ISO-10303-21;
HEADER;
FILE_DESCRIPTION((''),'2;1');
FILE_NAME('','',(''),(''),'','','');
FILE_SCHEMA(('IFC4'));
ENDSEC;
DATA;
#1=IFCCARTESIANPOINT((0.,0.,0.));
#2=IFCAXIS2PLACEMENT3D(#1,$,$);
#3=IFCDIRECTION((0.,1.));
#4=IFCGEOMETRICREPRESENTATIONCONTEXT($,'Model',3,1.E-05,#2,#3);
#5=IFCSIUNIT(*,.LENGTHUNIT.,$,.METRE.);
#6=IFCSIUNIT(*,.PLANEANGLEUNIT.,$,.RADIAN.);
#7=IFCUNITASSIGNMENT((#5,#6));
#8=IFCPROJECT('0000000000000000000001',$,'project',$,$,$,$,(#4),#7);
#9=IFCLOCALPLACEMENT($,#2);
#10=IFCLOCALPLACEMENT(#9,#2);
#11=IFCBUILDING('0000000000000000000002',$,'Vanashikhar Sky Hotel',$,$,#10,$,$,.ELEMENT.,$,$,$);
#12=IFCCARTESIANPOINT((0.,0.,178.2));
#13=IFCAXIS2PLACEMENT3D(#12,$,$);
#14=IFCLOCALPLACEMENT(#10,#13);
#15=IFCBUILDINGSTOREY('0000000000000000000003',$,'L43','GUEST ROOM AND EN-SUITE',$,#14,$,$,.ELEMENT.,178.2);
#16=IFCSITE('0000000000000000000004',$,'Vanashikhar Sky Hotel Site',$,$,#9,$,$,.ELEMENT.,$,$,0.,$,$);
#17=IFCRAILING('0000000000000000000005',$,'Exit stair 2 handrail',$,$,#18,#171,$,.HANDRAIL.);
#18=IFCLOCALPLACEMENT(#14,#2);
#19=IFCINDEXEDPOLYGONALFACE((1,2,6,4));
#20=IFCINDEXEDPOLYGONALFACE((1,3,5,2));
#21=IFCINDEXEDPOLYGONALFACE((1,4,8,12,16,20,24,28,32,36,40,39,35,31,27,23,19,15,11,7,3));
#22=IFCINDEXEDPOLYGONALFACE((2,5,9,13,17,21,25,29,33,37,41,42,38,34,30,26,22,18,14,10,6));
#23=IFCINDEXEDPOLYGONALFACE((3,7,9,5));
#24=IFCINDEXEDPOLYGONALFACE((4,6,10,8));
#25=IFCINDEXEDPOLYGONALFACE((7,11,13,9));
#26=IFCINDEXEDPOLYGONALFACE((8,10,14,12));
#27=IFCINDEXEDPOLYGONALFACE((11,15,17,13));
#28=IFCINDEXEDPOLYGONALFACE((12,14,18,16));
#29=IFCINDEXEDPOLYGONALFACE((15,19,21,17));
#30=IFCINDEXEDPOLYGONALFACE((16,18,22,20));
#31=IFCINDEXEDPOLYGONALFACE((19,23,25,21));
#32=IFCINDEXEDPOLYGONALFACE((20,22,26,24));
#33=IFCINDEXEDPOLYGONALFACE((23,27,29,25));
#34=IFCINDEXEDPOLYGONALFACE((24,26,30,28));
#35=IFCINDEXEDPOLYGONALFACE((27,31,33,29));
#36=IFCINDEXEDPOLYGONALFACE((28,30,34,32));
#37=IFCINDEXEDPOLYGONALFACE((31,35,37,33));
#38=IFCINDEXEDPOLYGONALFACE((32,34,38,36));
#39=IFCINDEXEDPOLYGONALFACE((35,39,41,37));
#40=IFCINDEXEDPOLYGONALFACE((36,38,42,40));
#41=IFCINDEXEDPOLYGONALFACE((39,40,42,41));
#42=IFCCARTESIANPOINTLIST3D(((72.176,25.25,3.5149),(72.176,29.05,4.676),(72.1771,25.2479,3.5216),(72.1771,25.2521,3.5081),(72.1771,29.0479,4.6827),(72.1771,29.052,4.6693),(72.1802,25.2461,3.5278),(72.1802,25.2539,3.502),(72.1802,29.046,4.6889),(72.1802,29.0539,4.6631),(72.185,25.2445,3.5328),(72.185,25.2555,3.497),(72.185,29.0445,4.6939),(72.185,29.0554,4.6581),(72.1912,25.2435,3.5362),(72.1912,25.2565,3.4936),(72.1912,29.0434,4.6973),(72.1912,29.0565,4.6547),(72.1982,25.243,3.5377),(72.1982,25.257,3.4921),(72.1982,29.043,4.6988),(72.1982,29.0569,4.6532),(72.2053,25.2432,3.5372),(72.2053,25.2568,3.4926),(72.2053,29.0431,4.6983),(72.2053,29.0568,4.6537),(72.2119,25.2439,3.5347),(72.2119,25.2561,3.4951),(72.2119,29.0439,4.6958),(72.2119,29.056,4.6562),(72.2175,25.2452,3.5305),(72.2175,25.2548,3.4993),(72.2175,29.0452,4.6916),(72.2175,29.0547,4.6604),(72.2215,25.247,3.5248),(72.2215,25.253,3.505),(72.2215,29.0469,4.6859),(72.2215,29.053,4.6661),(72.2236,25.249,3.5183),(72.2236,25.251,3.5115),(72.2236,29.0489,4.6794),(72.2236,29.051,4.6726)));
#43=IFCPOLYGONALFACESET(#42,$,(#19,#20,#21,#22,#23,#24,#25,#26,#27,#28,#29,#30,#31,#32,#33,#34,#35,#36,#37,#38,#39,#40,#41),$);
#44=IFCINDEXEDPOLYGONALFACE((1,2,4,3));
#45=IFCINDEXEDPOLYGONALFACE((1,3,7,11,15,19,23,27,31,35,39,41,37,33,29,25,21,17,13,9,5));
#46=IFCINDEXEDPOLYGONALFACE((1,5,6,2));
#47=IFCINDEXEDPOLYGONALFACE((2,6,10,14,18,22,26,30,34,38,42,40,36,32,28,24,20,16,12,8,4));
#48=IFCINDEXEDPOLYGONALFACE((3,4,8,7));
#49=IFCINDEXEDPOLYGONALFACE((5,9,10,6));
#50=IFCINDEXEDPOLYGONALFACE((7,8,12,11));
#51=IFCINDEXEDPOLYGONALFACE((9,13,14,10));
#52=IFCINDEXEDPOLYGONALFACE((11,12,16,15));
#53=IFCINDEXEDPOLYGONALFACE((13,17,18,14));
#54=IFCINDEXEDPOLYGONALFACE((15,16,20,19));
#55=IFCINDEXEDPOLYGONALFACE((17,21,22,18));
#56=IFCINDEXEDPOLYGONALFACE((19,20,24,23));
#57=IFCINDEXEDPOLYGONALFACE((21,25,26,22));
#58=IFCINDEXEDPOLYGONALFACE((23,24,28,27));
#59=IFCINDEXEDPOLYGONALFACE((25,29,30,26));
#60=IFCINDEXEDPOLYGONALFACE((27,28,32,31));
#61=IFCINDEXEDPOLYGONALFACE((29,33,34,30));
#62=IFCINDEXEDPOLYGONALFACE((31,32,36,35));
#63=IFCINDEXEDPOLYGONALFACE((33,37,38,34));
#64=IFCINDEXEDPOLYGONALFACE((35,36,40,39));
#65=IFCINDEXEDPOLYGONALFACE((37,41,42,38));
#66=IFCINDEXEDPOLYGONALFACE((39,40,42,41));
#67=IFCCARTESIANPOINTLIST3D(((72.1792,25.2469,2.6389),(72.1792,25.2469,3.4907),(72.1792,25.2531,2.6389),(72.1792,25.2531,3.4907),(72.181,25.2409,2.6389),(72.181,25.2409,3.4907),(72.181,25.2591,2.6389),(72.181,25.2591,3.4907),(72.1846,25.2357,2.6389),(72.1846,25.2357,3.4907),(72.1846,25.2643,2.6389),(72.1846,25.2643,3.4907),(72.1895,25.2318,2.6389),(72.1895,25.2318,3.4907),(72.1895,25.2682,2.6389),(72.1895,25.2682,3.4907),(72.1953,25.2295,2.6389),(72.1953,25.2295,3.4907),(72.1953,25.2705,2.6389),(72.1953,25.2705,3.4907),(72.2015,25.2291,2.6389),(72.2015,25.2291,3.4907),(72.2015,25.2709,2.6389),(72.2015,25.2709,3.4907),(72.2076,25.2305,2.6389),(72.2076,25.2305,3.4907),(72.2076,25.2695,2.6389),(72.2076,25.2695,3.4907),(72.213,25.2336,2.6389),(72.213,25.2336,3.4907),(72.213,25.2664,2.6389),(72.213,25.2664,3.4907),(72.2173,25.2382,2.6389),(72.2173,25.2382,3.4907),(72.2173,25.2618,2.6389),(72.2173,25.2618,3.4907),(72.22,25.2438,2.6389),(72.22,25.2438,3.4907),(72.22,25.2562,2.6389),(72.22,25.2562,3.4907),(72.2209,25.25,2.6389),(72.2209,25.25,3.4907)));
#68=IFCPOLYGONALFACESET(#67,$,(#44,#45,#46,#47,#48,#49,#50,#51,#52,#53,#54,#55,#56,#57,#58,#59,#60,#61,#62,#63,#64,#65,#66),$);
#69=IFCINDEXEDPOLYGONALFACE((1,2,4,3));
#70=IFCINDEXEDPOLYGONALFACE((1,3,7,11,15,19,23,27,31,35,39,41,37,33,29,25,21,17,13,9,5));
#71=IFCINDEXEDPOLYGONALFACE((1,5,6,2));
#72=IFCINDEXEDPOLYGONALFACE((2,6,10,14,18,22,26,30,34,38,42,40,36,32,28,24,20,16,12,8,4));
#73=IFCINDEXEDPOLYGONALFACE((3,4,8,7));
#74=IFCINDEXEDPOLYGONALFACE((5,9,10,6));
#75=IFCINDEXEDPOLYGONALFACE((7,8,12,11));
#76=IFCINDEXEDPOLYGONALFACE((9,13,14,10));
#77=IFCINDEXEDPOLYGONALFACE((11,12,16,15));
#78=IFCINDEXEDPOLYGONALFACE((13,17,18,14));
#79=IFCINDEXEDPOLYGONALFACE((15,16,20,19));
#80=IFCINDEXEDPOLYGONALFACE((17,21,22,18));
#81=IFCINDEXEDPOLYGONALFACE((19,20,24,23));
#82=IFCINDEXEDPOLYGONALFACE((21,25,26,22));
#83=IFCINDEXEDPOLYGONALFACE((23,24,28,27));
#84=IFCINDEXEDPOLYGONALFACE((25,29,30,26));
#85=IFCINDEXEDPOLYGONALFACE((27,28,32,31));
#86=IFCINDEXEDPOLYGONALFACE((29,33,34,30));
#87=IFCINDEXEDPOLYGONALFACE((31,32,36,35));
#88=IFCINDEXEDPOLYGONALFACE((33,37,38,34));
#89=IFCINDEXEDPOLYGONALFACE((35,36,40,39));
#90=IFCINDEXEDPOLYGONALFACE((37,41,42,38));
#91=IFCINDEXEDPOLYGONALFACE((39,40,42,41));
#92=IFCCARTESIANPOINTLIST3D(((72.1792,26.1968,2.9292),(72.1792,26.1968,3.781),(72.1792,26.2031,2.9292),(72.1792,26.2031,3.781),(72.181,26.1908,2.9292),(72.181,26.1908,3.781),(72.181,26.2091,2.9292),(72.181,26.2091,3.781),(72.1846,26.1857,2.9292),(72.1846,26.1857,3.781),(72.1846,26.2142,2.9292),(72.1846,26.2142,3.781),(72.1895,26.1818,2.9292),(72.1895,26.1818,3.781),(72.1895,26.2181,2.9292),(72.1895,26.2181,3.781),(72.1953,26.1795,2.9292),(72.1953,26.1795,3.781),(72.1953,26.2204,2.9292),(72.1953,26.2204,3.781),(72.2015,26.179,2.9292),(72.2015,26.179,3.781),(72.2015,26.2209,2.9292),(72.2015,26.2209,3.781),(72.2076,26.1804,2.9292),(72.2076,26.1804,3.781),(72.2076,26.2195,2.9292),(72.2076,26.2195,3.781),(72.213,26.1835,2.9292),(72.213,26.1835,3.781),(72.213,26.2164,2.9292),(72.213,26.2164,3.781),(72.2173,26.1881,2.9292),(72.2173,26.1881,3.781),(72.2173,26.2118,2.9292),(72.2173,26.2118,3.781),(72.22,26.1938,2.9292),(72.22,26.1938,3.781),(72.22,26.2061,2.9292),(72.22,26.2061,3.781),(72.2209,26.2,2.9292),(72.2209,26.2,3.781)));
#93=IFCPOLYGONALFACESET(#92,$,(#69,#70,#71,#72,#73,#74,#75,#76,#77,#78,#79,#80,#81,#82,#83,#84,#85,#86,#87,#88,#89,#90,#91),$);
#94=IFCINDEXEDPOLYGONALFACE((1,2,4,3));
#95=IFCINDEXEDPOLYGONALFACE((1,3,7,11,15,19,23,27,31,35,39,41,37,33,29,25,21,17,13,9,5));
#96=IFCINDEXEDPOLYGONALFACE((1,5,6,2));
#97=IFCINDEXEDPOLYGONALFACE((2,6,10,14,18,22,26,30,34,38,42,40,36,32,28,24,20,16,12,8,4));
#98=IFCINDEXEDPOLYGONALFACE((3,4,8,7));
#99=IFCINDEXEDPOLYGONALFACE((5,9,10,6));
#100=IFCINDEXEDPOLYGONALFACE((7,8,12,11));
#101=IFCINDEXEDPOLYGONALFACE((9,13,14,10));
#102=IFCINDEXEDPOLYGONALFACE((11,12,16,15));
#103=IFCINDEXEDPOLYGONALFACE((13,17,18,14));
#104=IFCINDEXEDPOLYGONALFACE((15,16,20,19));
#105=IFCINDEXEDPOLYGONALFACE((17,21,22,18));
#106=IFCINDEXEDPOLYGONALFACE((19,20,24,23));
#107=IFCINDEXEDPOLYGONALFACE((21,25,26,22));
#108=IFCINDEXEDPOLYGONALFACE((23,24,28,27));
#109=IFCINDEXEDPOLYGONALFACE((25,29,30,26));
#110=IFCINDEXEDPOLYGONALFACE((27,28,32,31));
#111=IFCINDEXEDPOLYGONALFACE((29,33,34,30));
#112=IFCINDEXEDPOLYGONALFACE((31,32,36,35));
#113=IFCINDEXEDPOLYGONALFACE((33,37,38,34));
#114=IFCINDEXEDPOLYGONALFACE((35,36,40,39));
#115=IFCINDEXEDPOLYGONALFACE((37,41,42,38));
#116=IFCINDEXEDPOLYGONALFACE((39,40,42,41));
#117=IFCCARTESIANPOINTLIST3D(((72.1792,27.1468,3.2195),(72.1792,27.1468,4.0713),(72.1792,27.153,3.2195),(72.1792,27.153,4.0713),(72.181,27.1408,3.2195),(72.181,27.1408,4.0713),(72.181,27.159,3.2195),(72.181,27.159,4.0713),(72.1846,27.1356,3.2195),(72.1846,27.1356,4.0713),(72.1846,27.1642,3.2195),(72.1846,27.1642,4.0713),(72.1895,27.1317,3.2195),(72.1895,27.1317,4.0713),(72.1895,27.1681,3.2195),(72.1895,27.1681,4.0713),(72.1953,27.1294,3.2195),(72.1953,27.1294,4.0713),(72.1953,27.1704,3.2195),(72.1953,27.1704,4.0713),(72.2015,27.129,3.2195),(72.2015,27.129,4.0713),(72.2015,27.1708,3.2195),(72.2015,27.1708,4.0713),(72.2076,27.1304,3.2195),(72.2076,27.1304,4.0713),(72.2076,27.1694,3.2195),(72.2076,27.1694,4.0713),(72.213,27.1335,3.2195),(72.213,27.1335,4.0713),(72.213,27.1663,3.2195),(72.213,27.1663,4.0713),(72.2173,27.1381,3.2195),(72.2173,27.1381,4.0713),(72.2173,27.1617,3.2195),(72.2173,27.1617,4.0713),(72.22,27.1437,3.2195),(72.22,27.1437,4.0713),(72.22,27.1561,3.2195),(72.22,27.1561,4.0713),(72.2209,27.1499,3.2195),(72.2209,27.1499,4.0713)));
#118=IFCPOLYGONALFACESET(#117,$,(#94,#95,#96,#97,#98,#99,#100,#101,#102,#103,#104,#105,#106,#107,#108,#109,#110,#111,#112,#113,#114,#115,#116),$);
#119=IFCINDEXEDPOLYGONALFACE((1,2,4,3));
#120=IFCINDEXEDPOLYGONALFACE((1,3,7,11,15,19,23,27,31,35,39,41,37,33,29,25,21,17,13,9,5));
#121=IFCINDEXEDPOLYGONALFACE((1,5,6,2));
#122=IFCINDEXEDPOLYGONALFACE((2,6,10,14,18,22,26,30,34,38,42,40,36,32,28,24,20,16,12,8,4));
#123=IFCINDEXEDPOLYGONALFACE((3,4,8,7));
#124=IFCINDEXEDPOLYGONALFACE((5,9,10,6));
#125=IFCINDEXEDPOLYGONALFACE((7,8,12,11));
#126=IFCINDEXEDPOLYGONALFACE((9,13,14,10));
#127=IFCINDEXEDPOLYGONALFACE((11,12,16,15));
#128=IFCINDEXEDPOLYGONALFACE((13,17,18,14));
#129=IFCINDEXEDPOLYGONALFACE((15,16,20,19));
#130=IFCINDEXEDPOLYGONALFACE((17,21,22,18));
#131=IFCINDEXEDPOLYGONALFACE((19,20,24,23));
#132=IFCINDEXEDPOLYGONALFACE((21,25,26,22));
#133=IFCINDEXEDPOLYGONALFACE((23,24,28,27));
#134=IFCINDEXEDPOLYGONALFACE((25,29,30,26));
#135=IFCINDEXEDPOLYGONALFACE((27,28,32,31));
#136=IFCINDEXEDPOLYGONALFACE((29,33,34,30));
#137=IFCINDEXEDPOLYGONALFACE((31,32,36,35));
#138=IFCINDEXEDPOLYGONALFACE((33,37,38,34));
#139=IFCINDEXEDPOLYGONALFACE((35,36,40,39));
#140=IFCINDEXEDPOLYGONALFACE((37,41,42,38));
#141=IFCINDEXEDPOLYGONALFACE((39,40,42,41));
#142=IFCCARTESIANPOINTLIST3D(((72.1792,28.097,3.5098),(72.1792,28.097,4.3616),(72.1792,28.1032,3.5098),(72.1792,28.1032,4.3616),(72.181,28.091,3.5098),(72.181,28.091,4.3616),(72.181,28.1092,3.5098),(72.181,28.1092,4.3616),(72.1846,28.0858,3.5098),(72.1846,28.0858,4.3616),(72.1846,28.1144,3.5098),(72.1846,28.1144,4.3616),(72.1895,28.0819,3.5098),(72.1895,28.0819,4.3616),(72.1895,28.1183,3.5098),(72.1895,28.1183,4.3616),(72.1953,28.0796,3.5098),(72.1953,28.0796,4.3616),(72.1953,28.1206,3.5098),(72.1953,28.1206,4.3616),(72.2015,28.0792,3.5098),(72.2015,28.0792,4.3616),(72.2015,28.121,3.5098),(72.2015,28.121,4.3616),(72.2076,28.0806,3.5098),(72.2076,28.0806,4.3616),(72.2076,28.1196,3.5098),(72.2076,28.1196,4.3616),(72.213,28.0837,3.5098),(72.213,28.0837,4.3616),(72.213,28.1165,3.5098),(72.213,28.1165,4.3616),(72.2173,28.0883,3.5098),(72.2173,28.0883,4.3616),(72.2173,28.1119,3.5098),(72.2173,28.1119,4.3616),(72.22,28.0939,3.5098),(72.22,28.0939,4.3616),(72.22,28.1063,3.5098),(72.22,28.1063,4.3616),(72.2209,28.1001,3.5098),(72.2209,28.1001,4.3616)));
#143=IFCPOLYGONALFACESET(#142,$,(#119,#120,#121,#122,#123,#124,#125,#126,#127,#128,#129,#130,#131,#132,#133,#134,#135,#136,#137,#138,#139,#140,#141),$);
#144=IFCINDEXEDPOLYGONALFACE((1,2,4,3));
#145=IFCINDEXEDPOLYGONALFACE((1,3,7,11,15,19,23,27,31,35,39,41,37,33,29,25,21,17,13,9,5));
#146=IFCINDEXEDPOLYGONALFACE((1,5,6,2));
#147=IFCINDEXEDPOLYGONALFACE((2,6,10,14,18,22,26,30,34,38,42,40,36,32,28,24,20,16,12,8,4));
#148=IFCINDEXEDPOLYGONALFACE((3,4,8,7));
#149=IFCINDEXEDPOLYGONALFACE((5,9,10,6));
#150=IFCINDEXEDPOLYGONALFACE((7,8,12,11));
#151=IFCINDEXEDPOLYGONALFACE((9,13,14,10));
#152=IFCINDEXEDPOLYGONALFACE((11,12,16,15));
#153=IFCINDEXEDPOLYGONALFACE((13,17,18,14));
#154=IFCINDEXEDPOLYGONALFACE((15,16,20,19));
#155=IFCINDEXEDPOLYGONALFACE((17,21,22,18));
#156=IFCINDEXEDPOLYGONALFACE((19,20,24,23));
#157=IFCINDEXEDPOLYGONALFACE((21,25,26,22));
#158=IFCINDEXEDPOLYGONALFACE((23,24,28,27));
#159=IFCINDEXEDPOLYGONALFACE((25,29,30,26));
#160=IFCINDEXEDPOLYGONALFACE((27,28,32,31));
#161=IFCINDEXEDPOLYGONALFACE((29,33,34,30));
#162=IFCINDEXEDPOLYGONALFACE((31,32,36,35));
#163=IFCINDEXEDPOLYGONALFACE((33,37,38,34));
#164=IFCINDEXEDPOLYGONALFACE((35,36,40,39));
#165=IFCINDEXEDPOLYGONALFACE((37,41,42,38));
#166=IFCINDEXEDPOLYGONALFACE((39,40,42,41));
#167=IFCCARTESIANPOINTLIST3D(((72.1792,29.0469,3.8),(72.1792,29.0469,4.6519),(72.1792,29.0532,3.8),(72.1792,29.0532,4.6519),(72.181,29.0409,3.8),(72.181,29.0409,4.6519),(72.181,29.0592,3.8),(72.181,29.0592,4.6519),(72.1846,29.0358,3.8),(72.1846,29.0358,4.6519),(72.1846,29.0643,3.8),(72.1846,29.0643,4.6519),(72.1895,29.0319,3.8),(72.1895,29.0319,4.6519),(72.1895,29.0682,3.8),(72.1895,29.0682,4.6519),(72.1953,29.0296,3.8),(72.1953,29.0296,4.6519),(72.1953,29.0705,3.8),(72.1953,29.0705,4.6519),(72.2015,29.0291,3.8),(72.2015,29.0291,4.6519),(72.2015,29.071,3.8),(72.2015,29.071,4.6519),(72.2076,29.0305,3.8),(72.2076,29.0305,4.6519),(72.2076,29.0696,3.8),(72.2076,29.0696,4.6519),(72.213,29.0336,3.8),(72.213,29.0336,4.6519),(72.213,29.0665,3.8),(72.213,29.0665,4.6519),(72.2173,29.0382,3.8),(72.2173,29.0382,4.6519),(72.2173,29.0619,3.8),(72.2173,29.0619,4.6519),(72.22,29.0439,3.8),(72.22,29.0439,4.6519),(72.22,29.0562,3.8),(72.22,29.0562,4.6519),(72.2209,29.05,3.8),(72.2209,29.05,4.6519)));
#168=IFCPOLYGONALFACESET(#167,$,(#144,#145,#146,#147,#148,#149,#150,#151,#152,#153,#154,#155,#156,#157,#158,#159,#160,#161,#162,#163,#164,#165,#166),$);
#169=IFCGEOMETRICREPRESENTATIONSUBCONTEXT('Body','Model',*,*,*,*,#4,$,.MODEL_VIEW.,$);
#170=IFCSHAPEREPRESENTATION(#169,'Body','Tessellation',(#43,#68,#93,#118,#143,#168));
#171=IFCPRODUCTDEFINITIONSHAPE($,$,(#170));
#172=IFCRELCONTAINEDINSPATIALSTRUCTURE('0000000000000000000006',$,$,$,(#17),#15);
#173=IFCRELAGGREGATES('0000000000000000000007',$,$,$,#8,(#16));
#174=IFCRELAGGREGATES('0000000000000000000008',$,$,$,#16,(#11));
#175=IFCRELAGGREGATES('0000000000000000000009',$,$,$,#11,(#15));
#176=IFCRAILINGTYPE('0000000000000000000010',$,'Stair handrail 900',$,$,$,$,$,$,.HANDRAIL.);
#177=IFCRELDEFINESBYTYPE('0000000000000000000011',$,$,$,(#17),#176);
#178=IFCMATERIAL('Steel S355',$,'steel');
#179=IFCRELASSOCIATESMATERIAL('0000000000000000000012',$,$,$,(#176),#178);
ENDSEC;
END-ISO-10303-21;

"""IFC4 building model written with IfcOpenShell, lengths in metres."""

from ifc_helpers import new_model, si_unit, direction, frame, origin, origin_2d, place, context, subcontext, project, spatial, circle, extrude, source, transform, mapped, material, type_object, element, save


model = new_model("IFC4")

# Units and contexts
model_context = context("Model", 3, precision=1e-05, world=origin(), true_north=direction((0.0, 1.0)))
body_context = subcontext(model_context, "Body", "Model", "MODEL_VIEW")
ifc_project = project(units=[si_unit("LENGTHUNIT", "METRE"), si_unit("PLANEANGLEUNIT", "RADIAN")], contexts=[model_context])

# Site, building, storey
site_placement = place(None, origin())
site = spatial("IfcSite", under=ifc_project, at=site_placement, Name="Vanashikhar Sky Hotel Site", CompositionType="ELEMENT", RefElevation=0.0)
building_placement = place(site_placement, origin())
building = spatial("IfcBuilding", under=site, at=building_placement, Name="Vanashikhar Sky Hotel", CompositionType="ELEMENT")
storey_placement = place(building_placement, frame((0.0, 0.0, 178.2)))
storey = spatial("IfcBuildingStorey", under=building, at=storey_placement, Name="L43", Description="GUEST ROOM AND EN-SUITE", CompositionType="ELEMENT", Elevation=178.2)

# Railing
ifc_material_1 = material(Name="Steel S355", Category="steel")
railing_type_1 = type_object("IfcRailingType", Name="Stair handrail 900", PredefinedType="HANDRAIL", material=ifc_material_1)
shared_shape_1 = source(origin(), body_context, "Body", "SweptSolid", [
    extrude(circle(Radius=0.0239, at=origin_2d()), frame((0.0, 0.0, 0.876), z_axis=(0.0, 0.956351, 0.29222), x_axis=(-1.0, 0.0, 0.0)), (0.0, 0.0, 1.0), 3.9734),
    extrude(circle(Radius=0.021, at=origin_2d()), origin(), (0.0, 0.0, 1.0), 0.8518),
    extrude(circle(Radius=0.021, at=origin_2d()), frame((0.0, 0.95, 0.2903)), (0.0, 0.0, 1.0), 0.8518),
    extrude(circle(Radius=0.021, at=origin_2d()), frame((0.0, 1.8999, 0.5806)), (0.0, 0.0, 1.0), 0.8518),
    extrude(circle(Radius=0.021, at=origin_2d()), frame((0.0, 2.8501, 0.8708)), (0.0, 0.0, 1.0), 0.8518),
    extrude(circle(Radius=0.021, at=origin_2d()), frame((0.0, 3.8, 1.1611)), (0.0, 0.0, 1.0), 0.8518),
])
railing_1_placement = place(storey_placement, frame((72.2, 25.25, 2.6389)))
element("IfcRailing", 1, at=railing_1_placement, inside=storey, type_object=railing_type_1, Name="Exit stair 2 handrail", PredefinedType="HANDRAIL", context=body_context, shape_type="MappedRepresentation", body=[
    mapped(shared_shape_1, transform((0.0, 0.0, 0.0), scale=1.0)),
])

save(model, "model.ifc")
